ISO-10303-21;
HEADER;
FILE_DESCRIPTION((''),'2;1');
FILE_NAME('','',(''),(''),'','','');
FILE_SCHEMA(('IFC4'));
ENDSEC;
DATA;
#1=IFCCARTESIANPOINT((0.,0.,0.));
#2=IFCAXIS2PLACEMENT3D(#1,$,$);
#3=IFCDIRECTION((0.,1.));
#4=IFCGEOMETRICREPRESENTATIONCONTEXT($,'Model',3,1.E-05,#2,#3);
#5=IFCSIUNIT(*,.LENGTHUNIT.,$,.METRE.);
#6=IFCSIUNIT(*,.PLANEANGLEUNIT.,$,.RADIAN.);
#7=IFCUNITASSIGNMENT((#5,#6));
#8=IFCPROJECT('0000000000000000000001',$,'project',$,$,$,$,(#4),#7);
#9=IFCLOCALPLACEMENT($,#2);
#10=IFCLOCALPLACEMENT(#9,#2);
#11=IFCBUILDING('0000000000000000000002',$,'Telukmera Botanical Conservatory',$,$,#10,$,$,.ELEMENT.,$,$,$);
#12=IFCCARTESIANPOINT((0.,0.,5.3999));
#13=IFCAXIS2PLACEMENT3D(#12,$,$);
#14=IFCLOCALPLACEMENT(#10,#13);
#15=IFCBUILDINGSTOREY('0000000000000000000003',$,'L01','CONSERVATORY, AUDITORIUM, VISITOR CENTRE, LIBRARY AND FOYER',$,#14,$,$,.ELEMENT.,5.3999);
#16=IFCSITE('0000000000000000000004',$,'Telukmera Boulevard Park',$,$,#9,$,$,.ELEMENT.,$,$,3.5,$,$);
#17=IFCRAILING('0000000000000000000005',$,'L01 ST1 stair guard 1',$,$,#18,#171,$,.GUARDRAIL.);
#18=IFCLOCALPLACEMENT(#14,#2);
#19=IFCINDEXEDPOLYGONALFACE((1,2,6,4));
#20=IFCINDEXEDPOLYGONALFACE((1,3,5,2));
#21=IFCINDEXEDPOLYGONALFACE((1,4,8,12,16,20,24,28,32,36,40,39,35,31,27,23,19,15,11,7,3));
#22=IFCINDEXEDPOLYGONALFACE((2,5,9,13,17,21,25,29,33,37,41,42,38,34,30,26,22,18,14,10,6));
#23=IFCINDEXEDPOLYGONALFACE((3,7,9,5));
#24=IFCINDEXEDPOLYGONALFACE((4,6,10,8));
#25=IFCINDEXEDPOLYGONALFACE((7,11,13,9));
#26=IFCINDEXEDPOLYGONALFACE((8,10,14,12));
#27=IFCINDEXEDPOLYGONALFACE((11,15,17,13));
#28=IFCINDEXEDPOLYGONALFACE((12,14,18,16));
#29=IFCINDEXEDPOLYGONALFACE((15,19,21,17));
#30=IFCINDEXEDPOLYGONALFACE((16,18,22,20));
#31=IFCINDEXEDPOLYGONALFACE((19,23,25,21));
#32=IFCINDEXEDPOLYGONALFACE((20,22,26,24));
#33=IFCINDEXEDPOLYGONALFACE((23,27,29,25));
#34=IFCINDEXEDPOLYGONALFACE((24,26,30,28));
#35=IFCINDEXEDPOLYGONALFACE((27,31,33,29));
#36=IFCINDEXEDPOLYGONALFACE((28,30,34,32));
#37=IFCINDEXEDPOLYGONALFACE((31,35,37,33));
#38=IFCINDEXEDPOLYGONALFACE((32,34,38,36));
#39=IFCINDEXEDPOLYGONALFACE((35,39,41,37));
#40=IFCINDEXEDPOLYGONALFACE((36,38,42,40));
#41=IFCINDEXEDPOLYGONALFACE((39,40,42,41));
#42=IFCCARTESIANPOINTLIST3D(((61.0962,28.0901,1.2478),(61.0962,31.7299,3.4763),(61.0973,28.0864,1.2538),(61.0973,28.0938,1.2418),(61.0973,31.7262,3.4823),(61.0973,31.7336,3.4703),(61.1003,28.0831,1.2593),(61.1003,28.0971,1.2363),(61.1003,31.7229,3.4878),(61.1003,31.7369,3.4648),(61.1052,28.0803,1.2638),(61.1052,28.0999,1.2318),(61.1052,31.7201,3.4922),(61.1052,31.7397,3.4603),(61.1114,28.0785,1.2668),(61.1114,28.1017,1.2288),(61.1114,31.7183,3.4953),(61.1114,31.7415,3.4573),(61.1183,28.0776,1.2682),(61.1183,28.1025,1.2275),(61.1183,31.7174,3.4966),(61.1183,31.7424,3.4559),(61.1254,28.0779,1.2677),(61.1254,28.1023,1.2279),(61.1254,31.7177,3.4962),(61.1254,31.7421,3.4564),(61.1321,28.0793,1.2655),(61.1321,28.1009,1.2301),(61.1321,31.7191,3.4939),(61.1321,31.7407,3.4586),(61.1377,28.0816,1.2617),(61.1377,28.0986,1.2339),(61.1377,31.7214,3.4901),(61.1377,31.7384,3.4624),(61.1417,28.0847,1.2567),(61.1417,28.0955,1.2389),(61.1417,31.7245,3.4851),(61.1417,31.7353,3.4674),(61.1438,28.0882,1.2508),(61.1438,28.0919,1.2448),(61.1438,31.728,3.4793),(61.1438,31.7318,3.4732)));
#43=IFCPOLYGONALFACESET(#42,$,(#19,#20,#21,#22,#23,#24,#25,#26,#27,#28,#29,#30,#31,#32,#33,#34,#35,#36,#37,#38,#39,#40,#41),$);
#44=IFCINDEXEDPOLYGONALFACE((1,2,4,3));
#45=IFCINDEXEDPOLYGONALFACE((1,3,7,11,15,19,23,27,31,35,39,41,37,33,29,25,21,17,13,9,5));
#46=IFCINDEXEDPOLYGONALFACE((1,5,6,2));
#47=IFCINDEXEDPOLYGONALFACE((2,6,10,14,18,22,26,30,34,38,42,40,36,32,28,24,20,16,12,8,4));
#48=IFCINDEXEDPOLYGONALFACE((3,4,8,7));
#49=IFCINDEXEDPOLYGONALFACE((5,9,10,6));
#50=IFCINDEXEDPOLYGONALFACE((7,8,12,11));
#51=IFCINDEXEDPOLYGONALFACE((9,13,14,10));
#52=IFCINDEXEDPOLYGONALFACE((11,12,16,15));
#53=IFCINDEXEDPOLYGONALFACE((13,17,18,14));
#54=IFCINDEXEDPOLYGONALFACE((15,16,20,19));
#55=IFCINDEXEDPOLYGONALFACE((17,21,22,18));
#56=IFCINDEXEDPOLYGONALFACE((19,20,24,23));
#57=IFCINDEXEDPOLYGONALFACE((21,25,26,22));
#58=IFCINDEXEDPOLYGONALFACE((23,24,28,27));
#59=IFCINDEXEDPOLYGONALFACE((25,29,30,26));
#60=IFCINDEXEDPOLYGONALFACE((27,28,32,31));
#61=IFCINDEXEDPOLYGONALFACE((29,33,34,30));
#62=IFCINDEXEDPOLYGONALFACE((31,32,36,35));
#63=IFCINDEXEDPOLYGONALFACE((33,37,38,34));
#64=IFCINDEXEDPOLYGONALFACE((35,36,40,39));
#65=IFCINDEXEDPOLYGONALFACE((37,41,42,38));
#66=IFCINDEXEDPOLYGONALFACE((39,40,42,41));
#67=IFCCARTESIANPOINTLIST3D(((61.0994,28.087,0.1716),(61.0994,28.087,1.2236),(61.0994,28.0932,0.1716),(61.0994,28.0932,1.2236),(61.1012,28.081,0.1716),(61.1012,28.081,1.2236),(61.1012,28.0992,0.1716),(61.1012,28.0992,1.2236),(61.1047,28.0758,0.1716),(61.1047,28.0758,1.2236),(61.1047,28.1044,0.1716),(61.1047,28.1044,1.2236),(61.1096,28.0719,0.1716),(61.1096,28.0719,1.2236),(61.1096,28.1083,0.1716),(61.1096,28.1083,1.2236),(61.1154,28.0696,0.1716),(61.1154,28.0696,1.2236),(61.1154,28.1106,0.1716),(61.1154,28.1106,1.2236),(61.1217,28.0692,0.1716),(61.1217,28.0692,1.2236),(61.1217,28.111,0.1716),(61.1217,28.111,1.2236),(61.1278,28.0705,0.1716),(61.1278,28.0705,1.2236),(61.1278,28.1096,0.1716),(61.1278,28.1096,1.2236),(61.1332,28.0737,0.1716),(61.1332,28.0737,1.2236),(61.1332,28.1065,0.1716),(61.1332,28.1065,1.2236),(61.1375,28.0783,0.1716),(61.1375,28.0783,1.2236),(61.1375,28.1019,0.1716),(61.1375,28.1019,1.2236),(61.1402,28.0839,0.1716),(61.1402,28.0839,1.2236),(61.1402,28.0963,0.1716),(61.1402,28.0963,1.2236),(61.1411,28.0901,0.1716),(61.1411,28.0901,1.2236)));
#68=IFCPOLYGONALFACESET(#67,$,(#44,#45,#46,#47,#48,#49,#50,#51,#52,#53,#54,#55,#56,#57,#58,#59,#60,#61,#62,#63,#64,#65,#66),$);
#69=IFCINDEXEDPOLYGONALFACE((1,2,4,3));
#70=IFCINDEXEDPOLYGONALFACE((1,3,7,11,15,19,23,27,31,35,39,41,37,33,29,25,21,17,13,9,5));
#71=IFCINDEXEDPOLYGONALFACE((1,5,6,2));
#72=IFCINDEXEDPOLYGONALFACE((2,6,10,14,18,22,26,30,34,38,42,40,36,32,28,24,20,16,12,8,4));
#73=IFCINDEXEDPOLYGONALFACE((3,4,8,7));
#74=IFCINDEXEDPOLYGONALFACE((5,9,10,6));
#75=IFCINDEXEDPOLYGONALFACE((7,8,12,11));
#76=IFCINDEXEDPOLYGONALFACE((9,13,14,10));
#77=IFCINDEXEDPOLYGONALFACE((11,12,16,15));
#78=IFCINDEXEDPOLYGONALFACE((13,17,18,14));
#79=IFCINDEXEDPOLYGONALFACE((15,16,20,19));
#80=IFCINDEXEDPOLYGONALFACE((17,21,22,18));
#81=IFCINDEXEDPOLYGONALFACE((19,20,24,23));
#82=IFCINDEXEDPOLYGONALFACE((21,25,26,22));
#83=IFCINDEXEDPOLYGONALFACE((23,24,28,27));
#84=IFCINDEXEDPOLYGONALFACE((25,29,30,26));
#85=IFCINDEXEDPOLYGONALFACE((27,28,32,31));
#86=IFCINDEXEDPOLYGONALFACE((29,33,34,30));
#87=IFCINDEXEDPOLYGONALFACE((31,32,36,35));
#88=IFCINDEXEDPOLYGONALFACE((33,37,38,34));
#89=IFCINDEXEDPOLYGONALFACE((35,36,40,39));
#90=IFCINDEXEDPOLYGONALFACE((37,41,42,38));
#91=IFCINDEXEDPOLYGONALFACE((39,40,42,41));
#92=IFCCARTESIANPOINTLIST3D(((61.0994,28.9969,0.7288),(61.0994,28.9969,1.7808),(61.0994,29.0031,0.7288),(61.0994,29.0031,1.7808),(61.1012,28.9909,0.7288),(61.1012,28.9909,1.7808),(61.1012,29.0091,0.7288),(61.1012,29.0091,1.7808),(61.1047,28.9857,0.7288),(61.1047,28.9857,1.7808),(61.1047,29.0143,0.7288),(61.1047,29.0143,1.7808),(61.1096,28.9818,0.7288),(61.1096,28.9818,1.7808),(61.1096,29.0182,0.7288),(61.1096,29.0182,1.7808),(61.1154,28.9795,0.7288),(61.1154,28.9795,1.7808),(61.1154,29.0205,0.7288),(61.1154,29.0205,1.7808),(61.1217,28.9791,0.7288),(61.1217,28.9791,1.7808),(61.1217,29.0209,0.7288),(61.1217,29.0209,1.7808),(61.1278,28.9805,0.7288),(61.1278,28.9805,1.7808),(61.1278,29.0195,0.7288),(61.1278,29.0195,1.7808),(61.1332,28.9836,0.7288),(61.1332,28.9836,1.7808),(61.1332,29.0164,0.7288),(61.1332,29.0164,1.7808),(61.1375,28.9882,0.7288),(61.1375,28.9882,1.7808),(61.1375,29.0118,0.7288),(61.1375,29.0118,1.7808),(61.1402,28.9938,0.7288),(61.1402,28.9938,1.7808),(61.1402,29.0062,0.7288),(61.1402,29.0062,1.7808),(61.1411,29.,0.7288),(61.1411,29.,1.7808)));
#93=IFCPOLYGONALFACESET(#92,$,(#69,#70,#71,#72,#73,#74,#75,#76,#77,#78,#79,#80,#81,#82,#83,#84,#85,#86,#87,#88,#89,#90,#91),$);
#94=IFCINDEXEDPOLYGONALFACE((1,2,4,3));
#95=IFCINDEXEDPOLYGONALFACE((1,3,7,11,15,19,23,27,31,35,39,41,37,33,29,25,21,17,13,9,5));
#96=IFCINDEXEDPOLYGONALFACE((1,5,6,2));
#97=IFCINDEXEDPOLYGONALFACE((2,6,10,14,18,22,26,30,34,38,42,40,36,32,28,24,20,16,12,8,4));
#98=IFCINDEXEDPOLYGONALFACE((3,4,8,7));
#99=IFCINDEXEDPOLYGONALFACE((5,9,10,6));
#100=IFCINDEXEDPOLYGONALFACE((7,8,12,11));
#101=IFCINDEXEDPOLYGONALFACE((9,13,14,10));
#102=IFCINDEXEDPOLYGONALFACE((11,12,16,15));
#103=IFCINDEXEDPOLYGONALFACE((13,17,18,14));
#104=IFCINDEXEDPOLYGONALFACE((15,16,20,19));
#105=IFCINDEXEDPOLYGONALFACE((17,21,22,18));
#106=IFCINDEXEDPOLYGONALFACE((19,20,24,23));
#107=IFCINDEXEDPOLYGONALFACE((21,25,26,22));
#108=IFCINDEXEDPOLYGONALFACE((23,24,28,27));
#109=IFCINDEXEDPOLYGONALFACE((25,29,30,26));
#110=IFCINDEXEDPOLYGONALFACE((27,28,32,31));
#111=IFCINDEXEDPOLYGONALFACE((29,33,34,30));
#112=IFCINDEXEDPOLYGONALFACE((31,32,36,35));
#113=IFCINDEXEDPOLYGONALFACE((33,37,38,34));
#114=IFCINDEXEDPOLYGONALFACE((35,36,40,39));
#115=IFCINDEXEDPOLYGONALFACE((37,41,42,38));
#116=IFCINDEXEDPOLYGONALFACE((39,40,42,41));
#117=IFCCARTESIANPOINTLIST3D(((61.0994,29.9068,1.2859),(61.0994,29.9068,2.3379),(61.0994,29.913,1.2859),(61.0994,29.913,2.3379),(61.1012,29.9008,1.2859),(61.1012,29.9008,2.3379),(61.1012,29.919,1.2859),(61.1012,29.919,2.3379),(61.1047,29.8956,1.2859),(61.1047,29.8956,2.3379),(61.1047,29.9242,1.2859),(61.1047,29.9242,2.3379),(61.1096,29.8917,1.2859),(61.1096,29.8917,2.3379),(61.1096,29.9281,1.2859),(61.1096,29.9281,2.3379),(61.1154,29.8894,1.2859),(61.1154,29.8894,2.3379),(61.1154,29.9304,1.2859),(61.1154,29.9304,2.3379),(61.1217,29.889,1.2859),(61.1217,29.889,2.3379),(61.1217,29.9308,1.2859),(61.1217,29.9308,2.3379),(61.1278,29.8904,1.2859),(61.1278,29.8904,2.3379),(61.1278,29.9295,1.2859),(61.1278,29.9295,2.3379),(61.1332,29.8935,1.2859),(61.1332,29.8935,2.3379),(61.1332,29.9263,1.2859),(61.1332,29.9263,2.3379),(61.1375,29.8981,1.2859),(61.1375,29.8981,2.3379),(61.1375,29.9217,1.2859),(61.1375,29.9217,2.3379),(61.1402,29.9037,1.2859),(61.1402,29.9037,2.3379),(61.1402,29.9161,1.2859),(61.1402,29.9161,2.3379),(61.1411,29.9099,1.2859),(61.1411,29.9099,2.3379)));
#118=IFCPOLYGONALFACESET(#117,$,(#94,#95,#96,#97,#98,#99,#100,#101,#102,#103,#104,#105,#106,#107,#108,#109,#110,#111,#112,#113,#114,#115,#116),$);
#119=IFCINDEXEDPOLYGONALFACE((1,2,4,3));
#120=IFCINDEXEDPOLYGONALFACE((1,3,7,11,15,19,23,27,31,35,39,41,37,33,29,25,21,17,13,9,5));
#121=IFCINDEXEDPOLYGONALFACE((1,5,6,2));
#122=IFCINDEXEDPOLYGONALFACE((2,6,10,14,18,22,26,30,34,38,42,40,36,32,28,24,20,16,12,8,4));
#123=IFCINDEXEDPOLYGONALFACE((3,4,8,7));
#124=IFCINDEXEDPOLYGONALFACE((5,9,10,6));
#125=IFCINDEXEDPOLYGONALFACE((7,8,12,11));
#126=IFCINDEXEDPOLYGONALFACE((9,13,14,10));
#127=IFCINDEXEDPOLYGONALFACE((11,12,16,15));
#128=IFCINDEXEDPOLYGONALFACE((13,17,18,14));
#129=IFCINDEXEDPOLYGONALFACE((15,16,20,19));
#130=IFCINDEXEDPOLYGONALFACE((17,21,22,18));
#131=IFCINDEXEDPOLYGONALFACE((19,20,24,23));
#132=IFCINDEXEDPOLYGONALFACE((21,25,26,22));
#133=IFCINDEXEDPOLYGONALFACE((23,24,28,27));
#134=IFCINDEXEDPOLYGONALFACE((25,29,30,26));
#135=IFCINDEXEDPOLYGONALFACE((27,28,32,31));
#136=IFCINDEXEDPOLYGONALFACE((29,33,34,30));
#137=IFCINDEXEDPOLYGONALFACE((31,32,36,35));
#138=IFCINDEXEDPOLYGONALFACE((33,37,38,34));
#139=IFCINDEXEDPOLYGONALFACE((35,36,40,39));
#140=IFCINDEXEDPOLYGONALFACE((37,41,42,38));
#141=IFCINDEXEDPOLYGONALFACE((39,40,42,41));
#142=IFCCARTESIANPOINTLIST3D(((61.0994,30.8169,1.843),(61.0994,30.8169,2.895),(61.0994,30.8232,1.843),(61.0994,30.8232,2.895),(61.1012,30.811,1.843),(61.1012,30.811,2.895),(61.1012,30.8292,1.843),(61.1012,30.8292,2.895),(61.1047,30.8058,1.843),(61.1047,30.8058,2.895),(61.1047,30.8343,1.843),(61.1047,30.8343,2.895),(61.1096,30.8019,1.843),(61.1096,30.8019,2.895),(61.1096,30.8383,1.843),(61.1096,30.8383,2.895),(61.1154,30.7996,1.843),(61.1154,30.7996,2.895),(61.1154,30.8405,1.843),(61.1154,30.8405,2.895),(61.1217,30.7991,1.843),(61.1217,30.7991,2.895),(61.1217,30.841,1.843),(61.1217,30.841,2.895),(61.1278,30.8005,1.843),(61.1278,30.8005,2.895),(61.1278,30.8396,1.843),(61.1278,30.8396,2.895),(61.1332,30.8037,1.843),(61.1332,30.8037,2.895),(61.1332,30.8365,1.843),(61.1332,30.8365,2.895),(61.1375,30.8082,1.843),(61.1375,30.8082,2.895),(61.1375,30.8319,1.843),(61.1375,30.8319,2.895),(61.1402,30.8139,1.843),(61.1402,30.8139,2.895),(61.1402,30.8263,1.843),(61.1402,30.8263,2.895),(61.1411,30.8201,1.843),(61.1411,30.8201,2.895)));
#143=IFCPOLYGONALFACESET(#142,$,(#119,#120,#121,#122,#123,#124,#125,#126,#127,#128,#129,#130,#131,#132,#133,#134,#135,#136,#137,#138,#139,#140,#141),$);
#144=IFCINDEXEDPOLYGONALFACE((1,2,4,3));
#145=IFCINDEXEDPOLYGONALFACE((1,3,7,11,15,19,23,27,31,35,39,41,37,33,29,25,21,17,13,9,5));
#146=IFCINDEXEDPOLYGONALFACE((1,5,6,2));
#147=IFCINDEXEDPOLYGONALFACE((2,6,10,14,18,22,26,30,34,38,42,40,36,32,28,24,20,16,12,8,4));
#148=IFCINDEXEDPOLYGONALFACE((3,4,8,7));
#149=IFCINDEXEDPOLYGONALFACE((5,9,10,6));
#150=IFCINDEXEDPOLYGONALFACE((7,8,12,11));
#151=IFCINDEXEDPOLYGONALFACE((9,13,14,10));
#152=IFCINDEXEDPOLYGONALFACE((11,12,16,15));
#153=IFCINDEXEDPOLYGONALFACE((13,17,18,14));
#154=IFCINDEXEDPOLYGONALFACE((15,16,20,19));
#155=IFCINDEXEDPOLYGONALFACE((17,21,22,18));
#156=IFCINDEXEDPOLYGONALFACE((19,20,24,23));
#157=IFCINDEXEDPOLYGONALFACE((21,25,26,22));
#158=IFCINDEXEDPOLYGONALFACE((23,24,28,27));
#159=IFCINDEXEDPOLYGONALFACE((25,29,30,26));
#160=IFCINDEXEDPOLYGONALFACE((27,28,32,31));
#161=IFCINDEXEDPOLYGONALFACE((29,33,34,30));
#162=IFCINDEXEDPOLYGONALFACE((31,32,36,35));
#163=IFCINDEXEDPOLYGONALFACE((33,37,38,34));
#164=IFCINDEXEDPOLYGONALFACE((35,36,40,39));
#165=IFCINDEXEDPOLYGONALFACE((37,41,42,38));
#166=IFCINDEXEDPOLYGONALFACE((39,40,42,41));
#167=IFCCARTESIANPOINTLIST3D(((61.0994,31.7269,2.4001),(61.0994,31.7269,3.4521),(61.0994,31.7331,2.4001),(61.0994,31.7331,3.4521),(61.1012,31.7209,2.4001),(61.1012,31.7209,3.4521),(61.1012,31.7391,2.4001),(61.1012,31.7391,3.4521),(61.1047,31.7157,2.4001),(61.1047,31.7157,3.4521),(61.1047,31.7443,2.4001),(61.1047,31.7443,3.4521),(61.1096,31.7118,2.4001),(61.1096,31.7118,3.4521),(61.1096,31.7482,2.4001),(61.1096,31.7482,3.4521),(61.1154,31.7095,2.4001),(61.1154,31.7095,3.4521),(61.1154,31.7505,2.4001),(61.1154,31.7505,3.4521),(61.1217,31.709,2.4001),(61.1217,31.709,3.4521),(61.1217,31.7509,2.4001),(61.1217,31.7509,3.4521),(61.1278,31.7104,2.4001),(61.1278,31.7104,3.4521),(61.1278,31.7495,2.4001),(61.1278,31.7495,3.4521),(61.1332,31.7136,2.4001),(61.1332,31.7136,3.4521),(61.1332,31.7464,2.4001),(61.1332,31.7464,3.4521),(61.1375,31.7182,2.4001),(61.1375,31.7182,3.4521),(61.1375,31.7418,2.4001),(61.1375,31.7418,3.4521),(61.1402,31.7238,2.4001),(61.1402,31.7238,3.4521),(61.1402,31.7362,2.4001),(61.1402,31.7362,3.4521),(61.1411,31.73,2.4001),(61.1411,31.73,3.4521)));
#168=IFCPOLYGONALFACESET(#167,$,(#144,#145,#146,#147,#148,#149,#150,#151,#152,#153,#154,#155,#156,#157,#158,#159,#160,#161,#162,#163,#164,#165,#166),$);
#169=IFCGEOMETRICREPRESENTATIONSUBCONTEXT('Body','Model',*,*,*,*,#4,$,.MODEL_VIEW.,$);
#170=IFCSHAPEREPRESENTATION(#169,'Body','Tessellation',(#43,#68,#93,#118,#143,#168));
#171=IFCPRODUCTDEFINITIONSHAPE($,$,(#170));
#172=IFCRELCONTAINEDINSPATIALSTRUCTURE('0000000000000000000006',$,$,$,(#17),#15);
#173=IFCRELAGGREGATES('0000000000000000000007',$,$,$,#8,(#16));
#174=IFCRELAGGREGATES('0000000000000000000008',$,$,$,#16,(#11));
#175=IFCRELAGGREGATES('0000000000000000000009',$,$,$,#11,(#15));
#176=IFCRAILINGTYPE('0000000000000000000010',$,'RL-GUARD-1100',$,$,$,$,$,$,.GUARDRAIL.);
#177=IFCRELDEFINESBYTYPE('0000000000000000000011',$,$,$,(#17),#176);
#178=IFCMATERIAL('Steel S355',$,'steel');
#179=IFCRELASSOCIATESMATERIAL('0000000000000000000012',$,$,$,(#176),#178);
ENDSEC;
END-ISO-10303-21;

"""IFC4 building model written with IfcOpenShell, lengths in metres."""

from ifc_helpers import new_model, si_unit, direction, frame, origin, origin_2d, place, context, subcontext, project, spatial, circle, extrude, material, type_object, element, save


model = new_model("IFC4")

# Units and contexts
model_context = context("Model", 3, precision=1e-05, world=origin(), true_north=direction((0.0, 1.0)))
body_context = subcontext(model_context, "Body", "Model", "MODEL_VIEW")
ifc_project = project(units=[si_unit("LENGTHUNIT", "METRE"), si_unit("PLANEANGLEUNIT", "RADIAN")], contexts=[model_context])

# Site, building, storey
site_placement = place(None, origin())
site = spatial("IfcSite", under=ifc_project, at=site_placement, Name="Telukmera Boulevard Park", CompositionType="ELEMENT", RefElevation=3.5)
building_placement = place(site_placement, origin())
building = spatial("IfcBuilding", under=site, at=building_placement, Name="Telukmera Botanical Conservatory", CompositionType="ELEMENT")
storey_placement = place(building_placement, frame((0.0, 0.0, 5.3999)))
storey = spatial("IfcBuildingStorey", under=building, at=storey_placement, Name="L01", Description="CONSERVATORY, AUDITORIUM, VISITOR CENTRE, LIBRARY AND FOYER", CompositionType="ELEMENT", Elevation=5.3999)

# Railing
ifc_material_1 = material(Name="Steel S355", Category="steel")
railing_type_1 = type_object("IfcRailingType", Name="RL-GUARD-1100", PredefinedType="GUARDRAIL", material=ifc_material_1)
railing_1_placement = place(storey_placement, frame((61.1201, 28.0901, 0.1716)))
element("IfcRailing", 1, at=railing_1_placement, inside=storey, type_object=railing_type_1, Name="L01 ST1 stair guard 1", PredefinedType="GUARDRAIL", context=body_context, shape_type="SweptSolid", body=[
    extrude(circle(Radius=0.0239, at=origin_2d()), frame((0.0, 0.0, 1.0762), z_axis=(0.0, 0.85285, 0.522156), x_axis=(-1.0, 0.0, 0.0)), (0.0, 0.0, 1.0), 4.2678),
    extrude(circle(Radius=0.021, at=origin_2d()), origin(), (0.0, 0.0, 1.0), 1.052),
    extrude(circle(Radius=0.021, at=origin_2d()), frame((0.0, 0.9099, 0.5571)), (0.0, 0.0, 1.0), 1.052),
    extrude(circle(Radius=0.021, at=origin_2d()), frame((0.0, 1.8198, 1.1143)), (0.0, 0.0, 1.0), 1.052),
    extrude(circle(Radius=0.021, at=origin_2d()), frame((0.0, 2.73, 1.6714)), (0.0, 0.0, 1.0), 1.052),
    extrude(circle(Radius=0.021, at=origin_2d()), frame((0.0, 3.6399, 2.2285)), (0.0, 0.0, 1.0), 1.052),
])

save(model, "model.ifc")
